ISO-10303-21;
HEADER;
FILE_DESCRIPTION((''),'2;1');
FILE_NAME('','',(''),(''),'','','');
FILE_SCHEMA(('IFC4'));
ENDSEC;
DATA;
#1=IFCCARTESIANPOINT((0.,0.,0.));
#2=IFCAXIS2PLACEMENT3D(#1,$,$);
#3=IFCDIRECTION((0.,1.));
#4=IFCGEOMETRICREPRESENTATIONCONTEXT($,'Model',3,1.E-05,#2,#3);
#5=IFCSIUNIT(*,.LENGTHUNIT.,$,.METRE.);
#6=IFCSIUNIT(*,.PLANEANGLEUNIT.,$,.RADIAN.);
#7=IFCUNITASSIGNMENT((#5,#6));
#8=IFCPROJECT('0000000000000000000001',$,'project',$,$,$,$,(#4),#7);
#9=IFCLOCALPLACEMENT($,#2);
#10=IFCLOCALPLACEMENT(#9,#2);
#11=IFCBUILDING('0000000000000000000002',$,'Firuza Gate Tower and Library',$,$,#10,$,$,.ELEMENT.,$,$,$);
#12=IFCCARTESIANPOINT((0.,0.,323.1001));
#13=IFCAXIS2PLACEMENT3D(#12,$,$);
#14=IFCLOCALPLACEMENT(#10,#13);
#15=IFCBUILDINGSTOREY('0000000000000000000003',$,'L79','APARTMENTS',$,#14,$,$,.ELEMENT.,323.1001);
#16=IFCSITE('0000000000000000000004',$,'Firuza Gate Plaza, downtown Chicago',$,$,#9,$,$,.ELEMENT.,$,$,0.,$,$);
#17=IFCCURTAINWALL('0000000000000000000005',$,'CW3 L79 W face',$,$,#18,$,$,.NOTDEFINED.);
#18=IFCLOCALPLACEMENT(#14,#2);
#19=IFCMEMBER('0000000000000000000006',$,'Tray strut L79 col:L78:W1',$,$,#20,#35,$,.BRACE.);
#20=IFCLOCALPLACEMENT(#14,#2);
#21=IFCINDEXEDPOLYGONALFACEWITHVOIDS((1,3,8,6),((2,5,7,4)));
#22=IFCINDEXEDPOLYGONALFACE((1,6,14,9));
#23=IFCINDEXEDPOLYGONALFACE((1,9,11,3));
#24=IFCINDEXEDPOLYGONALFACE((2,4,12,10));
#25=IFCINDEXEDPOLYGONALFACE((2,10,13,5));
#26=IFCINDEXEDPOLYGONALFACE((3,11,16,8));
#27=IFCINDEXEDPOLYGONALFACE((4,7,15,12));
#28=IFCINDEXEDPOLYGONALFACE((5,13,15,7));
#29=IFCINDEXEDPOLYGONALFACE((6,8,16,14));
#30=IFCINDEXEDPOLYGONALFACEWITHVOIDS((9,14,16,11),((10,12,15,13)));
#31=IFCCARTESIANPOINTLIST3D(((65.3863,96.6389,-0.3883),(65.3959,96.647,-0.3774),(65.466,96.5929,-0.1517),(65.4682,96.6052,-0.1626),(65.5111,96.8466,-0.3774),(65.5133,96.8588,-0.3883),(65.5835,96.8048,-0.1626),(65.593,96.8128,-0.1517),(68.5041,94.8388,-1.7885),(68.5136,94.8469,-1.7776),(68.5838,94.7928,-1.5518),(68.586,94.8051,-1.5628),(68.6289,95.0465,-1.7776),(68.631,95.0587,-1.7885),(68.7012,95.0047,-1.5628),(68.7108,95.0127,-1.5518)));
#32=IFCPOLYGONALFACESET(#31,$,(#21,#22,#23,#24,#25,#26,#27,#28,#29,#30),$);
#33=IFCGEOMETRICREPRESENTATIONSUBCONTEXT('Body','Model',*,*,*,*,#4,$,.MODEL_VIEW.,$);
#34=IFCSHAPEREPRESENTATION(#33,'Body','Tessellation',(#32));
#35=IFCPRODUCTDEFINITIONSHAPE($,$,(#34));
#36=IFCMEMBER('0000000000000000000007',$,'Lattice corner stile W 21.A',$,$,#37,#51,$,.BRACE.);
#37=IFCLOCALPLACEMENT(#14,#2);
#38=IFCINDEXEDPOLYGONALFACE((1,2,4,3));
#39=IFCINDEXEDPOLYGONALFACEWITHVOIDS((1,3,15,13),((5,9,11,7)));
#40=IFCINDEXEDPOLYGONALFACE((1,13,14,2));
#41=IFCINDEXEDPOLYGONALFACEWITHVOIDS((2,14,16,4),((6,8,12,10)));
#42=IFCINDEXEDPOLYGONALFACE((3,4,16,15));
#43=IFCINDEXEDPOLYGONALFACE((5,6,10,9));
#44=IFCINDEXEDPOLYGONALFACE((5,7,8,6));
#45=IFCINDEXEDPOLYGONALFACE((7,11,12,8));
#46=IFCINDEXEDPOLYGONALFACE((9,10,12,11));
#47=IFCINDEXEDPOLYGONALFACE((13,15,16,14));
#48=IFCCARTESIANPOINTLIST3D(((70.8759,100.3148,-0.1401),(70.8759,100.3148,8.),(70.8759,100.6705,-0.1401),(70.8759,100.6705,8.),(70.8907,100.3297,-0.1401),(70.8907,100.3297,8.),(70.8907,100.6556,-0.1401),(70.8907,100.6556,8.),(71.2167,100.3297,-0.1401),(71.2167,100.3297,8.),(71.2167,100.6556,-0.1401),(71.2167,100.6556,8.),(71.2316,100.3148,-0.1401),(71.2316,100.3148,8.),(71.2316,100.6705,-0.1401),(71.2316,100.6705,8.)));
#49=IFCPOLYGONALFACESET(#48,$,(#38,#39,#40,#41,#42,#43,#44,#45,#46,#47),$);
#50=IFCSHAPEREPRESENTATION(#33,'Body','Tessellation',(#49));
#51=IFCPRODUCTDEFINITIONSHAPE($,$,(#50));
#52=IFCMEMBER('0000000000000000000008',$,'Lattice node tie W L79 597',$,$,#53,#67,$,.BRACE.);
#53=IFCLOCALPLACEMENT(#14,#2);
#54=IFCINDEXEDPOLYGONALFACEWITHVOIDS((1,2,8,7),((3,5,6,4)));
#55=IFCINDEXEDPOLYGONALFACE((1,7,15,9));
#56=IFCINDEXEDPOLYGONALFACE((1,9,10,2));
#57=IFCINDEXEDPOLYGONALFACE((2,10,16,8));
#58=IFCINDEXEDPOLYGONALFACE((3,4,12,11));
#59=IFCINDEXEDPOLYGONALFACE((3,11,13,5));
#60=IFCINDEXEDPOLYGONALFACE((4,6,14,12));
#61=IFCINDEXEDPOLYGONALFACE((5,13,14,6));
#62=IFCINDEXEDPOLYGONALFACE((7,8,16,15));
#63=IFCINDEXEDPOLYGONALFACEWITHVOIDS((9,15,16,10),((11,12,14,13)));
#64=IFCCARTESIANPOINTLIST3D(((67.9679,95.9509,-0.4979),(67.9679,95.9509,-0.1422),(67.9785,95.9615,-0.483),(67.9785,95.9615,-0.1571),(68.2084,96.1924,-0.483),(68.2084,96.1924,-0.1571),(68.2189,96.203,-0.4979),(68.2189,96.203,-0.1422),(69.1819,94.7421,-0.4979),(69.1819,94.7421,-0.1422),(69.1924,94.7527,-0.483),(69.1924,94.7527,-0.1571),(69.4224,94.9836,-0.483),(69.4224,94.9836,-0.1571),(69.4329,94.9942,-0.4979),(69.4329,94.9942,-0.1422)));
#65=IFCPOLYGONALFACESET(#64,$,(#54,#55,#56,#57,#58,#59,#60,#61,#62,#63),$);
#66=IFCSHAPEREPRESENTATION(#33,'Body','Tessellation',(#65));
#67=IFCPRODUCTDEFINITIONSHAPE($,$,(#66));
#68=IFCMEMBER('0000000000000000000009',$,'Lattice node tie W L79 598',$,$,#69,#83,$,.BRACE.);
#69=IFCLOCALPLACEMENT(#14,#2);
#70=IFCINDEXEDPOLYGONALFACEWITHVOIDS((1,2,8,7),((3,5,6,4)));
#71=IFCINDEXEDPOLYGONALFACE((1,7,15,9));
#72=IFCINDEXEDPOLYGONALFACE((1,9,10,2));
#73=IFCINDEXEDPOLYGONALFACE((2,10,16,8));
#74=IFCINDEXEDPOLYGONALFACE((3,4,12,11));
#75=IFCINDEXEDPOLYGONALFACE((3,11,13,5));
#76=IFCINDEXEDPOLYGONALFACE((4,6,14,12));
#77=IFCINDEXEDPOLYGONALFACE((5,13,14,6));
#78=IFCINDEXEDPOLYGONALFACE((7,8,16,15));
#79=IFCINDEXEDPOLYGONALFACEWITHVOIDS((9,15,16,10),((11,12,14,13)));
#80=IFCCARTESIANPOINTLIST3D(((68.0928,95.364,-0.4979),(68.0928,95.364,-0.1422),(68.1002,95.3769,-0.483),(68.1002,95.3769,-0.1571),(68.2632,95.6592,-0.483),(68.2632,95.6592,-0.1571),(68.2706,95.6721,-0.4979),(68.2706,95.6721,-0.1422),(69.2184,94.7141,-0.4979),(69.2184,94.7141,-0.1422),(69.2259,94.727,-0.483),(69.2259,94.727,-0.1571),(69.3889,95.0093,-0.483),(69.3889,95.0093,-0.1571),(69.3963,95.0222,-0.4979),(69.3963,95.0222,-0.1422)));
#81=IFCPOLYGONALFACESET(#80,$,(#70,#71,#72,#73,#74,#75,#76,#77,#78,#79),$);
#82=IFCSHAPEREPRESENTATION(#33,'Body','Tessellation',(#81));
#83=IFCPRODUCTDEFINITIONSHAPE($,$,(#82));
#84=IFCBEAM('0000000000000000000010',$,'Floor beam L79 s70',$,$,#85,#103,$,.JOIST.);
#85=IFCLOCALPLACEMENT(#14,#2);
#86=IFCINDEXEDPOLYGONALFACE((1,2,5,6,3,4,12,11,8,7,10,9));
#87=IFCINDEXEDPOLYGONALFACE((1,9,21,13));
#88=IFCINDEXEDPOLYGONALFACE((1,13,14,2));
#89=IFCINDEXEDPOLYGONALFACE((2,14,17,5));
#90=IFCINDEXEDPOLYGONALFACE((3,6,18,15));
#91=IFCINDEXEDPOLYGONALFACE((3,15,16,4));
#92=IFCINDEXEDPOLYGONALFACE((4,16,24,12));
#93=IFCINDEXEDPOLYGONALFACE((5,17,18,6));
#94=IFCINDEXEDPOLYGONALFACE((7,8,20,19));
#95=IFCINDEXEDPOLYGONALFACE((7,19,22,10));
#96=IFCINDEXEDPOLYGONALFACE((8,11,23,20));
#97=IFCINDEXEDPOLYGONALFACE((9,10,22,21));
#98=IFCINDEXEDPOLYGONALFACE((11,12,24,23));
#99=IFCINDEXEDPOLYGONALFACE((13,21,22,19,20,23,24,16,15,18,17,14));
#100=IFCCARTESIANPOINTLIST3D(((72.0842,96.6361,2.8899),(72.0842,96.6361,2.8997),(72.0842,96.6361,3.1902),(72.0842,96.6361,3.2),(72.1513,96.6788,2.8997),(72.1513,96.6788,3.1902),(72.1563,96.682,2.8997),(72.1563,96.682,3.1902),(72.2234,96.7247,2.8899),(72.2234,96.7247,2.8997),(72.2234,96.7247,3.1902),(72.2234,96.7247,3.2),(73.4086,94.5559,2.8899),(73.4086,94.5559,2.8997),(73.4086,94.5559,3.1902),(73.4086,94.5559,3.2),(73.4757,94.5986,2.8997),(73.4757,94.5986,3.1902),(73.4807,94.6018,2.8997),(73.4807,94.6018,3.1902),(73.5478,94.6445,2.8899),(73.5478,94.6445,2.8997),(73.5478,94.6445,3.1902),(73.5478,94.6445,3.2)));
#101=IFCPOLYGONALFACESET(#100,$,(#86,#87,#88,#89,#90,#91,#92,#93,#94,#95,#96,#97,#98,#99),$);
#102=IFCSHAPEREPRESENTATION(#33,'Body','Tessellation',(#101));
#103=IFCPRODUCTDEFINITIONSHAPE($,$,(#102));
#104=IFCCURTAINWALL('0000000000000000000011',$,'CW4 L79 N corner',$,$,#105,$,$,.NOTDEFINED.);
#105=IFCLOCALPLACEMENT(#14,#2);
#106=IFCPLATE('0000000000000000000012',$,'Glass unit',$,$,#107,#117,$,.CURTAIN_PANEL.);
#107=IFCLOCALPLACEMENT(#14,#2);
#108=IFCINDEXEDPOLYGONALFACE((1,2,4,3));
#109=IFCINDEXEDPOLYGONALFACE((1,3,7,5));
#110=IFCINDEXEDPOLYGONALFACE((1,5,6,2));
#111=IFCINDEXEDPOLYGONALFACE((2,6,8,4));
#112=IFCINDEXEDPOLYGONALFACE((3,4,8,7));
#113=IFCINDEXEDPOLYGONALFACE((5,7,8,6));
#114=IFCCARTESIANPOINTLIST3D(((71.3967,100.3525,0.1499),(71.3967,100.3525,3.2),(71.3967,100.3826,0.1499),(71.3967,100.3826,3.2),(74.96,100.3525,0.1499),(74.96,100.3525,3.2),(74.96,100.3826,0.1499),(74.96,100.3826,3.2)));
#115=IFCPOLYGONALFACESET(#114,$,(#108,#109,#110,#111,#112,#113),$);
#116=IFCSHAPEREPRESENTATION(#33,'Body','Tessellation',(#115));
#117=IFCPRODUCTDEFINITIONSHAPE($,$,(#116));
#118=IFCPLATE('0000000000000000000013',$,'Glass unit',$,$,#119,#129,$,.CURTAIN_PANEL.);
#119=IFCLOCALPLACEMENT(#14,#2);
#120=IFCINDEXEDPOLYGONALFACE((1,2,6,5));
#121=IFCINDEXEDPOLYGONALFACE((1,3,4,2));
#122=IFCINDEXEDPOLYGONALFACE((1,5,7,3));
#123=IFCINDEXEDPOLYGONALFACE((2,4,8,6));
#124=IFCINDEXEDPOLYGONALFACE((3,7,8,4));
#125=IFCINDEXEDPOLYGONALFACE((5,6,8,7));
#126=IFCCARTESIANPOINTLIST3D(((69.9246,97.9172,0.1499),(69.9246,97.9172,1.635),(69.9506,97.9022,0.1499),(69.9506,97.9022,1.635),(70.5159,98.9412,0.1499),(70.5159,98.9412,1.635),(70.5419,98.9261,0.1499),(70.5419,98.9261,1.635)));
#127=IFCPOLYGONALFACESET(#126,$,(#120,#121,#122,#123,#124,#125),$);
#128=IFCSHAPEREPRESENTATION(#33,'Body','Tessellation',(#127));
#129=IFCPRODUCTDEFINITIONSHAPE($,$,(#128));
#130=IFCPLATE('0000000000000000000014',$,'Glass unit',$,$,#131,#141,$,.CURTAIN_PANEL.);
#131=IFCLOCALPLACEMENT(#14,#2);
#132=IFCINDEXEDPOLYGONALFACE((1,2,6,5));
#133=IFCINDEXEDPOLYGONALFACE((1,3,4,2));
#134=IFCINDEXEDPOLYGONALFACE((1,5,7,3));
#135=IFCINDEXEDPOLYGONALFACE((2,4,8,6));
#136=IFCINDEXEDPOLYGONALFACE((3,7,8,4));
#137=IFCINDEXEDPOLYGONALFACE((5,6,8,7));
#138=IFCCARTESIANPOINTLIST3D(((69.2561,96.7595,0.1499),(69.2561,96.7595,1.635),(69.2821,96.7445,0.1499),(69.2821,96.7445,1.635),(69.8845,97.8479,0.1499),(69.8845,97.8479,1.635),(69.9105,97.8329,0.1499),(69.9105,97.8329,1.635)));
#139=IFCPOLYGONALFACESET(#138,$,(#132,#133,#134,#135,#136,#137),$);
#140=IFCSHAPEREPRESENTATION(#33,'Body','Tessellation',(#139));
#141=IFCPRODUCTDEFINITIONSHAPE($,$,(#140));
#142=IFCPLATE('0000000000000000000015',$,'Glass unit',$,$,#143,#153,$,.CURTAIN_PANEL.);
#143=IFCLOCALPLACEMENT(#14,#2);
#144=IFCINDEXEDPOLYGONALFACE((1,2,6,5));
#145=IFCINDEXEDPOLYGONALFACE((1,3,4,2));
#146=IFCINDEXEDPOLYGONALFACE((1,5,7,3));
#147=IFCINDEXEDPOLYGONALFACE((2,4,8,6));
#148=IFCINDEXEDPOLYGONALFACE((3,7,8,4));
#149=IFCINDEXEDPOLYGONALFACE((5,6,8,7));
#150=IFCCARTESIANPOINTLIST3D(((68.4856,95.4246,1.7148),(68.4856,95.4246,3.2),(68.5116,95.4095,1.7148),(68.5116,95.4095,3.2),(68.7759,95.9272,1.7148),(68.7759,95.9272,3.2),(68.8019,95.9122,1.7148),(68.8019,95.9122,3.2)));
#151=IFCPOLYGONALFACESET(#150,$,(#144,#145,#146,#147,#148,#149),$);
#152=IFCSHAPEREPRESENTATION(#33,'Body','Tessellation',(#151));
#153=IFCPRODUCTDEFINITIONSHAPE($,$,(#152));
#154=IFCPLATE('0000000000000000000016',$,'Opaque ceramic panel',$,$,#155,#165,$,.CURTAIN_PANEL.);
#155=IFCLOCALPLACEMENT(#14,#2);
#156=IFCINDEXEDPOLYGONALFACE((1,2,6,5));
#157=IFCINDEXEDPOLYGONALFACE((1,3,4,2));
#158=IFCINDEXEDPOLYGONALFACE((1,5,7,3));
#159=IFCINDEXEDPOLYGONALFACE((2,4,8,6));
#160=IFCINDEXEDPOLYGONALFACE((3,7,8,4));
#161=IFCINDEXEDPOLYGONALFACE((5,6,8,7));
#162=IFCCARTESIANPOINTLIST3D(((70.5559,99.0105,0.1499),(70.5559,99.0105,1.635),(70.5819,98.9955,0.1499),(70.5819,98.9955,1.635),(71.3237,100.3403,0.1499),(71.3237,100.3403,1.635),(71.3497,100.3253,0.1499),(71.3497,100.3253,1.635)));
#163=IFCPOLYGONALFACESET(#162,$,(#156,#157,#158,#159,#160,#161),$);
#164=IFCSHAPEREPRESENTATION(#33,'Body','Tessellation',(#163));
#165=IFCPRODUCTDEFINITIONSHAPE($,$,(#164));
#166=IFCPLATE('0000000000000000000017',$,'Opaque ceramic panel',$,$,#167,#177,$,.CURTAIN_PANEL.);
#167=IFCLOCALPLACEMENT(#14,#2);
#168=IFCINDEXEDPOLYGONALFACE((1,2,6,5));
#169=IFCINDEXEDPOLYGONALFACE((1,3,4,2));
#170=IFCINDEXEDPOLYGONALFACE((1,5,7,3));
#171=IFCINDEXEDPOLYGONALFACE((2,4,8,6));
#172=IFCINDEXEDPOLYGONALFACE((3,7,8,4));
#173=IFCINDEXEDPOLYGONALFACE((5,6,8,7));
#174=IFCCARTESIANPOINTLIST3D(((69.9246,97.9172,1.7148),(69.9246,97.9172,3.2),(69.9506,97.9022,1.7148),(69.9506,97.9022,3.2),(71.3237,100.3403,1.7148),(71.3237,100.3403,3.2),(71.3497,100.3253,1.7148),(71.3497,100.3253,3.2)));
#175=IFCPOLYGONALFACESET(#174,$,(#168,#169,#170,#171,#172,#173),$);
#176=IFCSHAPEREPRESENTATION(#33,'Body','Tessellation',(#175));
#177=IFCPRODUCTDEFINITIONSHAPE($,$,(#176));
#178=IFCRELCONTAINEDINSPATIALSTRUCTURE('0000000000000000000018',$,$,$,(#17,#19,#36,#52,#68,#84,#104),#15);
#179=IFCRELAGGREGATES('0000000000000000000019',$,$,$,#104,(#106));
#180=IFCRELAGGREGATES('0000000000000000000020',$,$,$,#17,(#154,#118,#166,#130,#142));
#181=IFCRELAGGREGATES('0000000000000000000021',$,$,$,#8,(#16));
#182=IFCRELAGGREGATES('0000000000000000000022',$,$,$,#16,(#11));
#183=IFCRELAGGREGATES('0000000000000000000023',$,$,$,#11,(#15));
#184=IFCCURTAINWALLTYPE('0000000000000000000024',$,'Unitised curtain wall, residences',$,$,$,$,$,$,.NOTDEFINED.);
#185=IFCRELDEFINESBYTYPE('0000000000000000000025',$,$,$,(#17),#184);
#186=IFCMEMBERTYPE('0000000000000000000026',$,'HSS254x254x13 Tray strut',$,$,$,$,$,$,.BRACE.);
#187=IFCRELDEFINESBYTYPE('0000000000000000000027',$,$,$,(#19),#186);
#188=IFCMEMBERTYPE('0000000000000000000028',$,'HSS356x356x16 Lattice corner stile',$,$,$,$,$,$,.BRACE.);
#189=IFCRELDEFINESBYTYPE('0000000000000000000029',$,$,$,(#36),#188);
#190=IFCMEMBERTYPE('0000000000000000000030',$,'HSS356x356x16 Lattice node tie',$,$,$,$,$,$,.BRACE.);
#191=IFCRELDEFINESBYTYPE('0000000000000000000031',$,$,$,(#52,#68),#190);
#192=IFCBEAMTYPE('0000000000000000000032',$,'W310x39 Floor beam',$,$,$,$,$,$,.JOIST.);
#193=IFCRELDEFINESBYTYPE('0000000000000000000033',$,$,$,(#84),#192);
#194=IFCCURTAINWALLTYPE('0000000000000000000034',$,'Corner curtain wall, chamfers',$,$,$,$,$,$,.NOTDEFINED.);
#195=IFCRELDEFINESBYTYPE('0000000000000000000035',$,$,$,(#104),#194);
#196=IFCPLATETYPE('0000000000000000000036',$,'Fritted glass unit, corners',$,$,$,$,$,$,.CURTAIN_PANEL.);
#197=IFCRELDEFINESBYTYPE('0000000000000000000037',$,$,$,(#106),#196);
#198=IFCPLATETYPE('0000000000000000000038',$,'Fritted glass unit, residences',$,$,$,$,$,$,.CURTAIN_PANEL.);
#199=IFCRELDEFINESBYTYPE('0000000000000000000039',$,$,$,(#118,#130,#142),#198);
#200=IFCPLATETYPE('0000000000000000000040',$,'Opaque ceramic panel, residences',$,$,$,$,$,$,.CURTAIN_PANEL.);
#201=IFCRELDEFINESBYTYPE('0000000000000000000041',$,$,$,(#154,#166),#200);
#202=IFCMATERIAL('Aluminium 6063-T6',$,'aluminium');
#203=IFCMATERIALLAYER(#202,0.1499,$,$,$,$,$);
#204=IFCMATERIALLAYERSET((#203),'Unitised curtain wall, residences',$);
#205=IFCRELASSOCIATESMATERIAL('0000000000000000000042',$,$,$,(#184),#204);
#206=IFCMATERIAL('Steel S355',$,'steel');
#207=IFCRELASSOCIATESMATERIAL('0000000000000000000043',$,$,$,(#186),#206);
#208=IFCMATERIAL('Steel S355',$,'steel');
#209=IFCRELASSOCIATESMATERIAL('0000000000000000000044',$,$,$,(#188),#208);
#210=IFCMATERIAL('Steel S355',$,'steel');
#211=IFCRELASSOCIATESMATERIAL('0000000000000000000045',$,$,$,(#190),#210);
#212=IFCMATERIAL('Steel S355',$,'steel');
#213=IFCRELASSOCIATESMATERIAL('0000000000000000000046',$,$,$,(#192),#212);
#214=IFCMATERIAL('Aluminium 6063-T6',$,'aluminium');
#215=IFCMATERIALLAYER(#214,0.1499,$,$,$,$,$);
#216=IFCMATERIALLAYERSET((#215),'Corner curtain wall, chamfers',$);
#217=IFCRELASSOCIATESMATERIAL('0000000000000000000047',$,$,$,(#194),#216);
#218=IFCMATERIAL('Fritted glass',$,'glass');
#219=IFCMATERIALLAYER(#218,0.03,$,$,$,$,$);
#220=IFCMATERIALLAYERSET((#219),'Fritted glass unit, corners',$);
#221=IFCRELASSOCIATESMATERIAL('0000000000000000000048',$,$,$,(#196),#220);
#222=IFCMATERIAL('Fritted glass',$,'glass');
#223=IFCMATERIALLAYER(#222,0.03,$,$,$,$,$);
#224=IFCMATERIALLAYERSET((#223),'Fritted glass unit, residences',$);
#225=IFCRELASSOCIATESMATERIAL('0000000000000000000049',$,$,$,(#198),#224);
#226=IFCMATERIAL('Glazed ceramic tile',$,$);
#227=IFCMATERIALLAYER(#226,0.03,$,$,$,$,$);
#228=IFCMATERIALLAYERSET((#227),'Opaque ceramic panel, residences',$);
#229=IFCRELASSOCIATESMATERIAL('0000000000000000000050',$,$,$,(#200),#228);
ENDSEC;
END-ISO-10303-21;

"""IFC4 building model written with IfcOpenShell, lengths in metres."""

from ifc_helpers import new_model, si_unit, direction, frame, origin, origin_2d, place, context, subcontext, project, spatial, polyline, hollow_rectangle, i_section, outline, extrude, material, layer, layer_set, material_profile, profile_set, type_object, element, aggregate, save


model = new_model("IFC4")

# Units and contexts
model_context = context("Model", 3, precision=1e-05, world=origin(), true_north=direction((0.0, 1.0)))
body_context = subcontext(model_context, "Body", "Model", "MODEL_VIEW")
ifc_project = project(units=[si_unit("LENGTHUNIT", "METRE"), si_unit("PLANEANGLEUNIT", "RADIAN")], contexts=[model_context])

# Site, building, storey
site_placement = place(None, origin())
site = spatial("IfcSite", under=ifc_project, at=site_placement, Name="Firuza Gate Plaza, downtown Chicago", CompositionType="ELEMENT", RefElevation=0.0)
building_placement = place(site_placement, origin())
building = spatial("IfcBuilding", under=site, at=building_placement, Name="Firuza Gate Tower and Library", CompositionType="ELEMENT")
storey_placement = place(building_placement, frame((0.0, 0.0, 323.1001)))
storey = spatial("IfcBuildingStorey", under=building, at=storey_placement, Name="L79", Description="APARTMENTS", CompositionType="ELEMENT", Elevation=323.1001)

# Curtain wall
ifc_material_1 = material(Name="Aluminium 6063-T6", Category="aluminium")
ifc_layer_1 = layer(ifc_material_1, 0.1499)
ifc_layer_set_1 = layer_set([ifc_layer_1], Name="Unitised curtain wall, residences")
curtain_wall_type_1 = type_object("IfcCurtainWallType", Name="Unitised curtain wall, residences", PredefinedType="NOTDEFINED", material=ifc_layer_set_1)
placement = place(storey_placement, origin())
curtain_wall_1 = element("IfcCurtainWall", 1, at=placement, inside=storey, type_object=curtain_wall_type_1, Name="CW3 L79 W face", PredefinedType="NOTDEFINED")

# Members
ifc_material_2 = material(Name="Steel S355", Category="steel")
ifc_material_profile_1 = material_profile(ifc_material_2, hollow_rectangle(XDim=0.2539, YDim=0.2539, WallThickness=0.0117, at=origin_2d()))
ifc_profile_set_1 = profile_set([ifc_material_profile_1], Name="Steel S355")
member_type_1 = type_object("IfcMemberType", Name="HSS254x254x13 Tray strut", PredefinedType="BRACE", material=ifc_profile_set_1)
member_1_placement = place(storey_placement, frame((68.6074, 94.9258, -1.6702), z_axis=(-0.807122, 0.466007, 0.362478), x_axis=(-0.500012, -0.866018, 0.0)))
element("IfcMember", 2, at=member_1_placement, inside=storey, type_object=member_type_1, Name="Tray strut L79 col:L78:W1", PredefinedType="BRACE", context=body_context, shape_type="SweptSolid", body=[
    extrude(hollow_rectangle(XDim=0.2539, YDim=0.2539, WallThickness=0.0117, at=origin_2d()), origin(), (0.0, 0.0, 1.0), 3.8628),
])
ifc_material_3 = material(Name="Steel S355", Category="steel")
ifc_material_profile_2 = material_profile(ifc_material_3, hollow_rectangle(XDim=0.3557, YDim=0.3557, WallThickness=0.0149, at=origin_2d()))
ifc_profile_set_2 = profile_set([ifc_material_profile_2], Name="Steel S355")
member_type_2 = type_object("IfcMemberType", Name="HSS356x356x16 Lattice corner stile", PredefinedType="BRACE", material=ifc_profile_set_2)
member_2_placement = place(storey_placement, frame((71.0537, 100.4927, -0.1401), z_axis=(0.0, 0.0, 1.0), x_axis=(1.0, 0.0, 0.0)))
element("IfcMember", 3, at=member_2_placement, inside=storey, type_object=member_type_2, Name="Lattice corner stile W 21.A", PredefinedType="BRACE", context=body_context, shape_type="SweptSolid", body=[
    extrude(hollow_rectangle(XDim=0.3557, YDim=0.3557, WallThickness=0.0149, at=origin_2d()), origin(), (0.0, 0.0, 1.0), 8.1401),
])
ifc_material_4 = material(Name="Steel S355", Category="steel")
ifc_material_profile_3 = material_profile(ifc_material_4, hollow_rectangle(XDim=0.3557, YDim=0.3557, WallThickness=0.0149, at=origin_2d()))
ifc_profile_set_3 = profile_set([ifc_material_profile_3], Name="Steel S355")
member_type_3 = type_object("IfcMemberType", Name="HSS356x356x16 Lattice node tie", PredefinedType="BRACE", material=ifc_profile_set_3)
member_3_placement = place(storey_placement, frame((69.3074, 94.8682, -0.3201), z_axis=(-0.708602, 0.705609, 0.0), x_axis=(-0.705609, -0.708602, 0.0)))
element("IfcMember", 4, at=member_3_placement, inside=storey, type_object=member_type_3, Name="Lattice node tie W L79 597", PredefinedType="BRACE", context=body_context, shape_type="SweptSolid", body=[
    extrude(hollow_rectangle(XDim=0.3557, YDim=0.3557, WallThickness=0.0149, at=origin_2d()), origin(), (0.0, 0.0, 1.0), 1.7131),
])
member_4_placement = place(storey_placement, frame((69.3074, 94.8682, -0.3201), z_axis=(-0.866039, 0.499977, 0.0), x_axis=(-0.499977, -0.866039, 0.0)))
element("IfcMember", 5, at=member_4_placement, inside=storey, type_object=member_type_3, Name="Lattice node tie W L79 598", PredefinedType="BRACE", context=body_context, shape_type="SweptSolid", body=[
    extrude(hollow_rectangle(XDim=0.3557, YDim=0.3557, WallThickness=0.0149, at=origin_2d()), origin(), (0.0, 0.0, 1.0), 1.2998),
])

# Beam
ifc_material_5 = material(Name="Steel S355", Category="steel")
ifc_material_profile_4 = material_profile(ifc_material_5, i_section(OverallWidth=0.165, OverallDepth=0.3101, WebThickness=0.0059, FlangeThickness=0.0098, at=origin_2d()))
ifc_profile_set_4 = profile_set([ifc_material_profile_4], Name="Steel S355")
beam_type = type_object("IfcBeamType", Name="W310x39 Floor beam", PredefinedType="JOIST", material=ifc_profile_set_4)
beam_placement = place(storey_placement, frame((72.1538, 96.6804, 3.0449), z_axis=(0.537055, -0.843547, 0.0), x_axis=(0.843547, 0.537055, 0.0)))
element("IfcBeam", 6, at=beam_placement, inside=storey, type_object=beam_type, Name="Floor beam L79 s70", PredefinedType="JOIST", context=body_context, shape_type="SweptSolid", body=[
    extrude(i_section(OverallWidth=0.165, OverallDepth=0.3101, WebThickness=0.0059, FlangeThickness=0.0098, at=origin_2d()), origin(), (0.0, 0.0, 1.0), 2.4661),
])

# Curtain wall, plate
ifc_material_6 = material(Name="Aluminium 6063-T6", Category="aluminium")
ifc_layer_2 = layer(ifc_material_6, 0.1499)
ifc_layer_set_2 = layer_set([ifc_layer_2], Name="Corner curtain wall, chamfers")
curtain_wall_type_2 = type_object("IfcCurtainWallType", Name="Corner curtain wall, chamfers", PredefinedType="NOTDEFINED", material=ifc_layer_set_2)
curtain_wall_2 = element("IfcCurtainWall", 7, at=placement, inside=storey, type_object=curtain_wall_type_2, Name="CW4 L79 N corner", PredefinedType="NOTDEFINED")
ifc_material_7 = material(Name="Fritted glass", Category="glass")
ifc_layer_3 = layer(ifc_material_7, 0.03)
ifc_layer_set_3 = layer_set([ifc_layer_3], Name="Fritted glass unit, corners")
plate_type_1 = type_object("IfcPlateType", Name="Fritted glass unit, corners", PredefinedType="CURTAIN_PANEL", material=ifc_layer_set_3)
plate_1_placement = place(storey_placement, frame((74.96, 100.3826, 0.1499), z_axis=(0.0, 1.0, 0.0), x_axis=(-1.0, 0.0, 0.0)))
plate_1 = element("IfcPlate", 8, at=plate_1_placement, type_object=plate_type_1, Name="Glass unit", PredefinedType="CURTAIN_PANEL", context=body_context, shape_type="SweptSolid", body=[
    extrude(outline(polyline([(0.0, 0.0), (3.5632, 0.0), (3.5632, 3.05), (0.0, 3.05), (0.0, 0.0)])), origin(), (0.0, 0.0, -1.0), 0.03),
])
aggregate(curtain_wall_2, [plate_1])

# Plates
ifc_material_8 = material(Name="Fritted glass", Category="glass")
ifc_layer_4 = layer(ifc_material_8, 0.03)
ifc_layer_set_4 = layer_set([ifc_layer_4], Name="Fritted glass unit, residences")
plate_type_2 = type_object("IfcPlateType", Name="Fritted glass unit, residences", PredefinedType="CURTAIN_PANEL", material=ifc_layer_set_4)
plate_2_placement = place(storey_placement, frame((70.5159, 98.9412, 0.1499), z_axis=(-0.865972, 0.500092, 0.0), x_axis=(-0.500092, -0.865972, 0.0)))
plate_2 = element("IfcPlate", 9, at=plate_2_placement, type_object=plate_type_2, Name="Glass unit", PredefinedType="CURTAIN_PANEL", context=body_context, shape_type="SweptSolid", body=[
    extrude(outline(polyline([(0.0, 0.0), (1.1824, 0.0), (1.1824, 1.4851), (0.0, 1.4851), (0.0, 0.0)])), origin(), (0.0, 0.0, -1.0), 0.03),
])
plate_3_placement = place(storey_placement, frame((69.8845, 97.8479, 0.1499), z_axis=(-0.866011, 0.500025, 0.0), x_axis=(-0.500025, -0.866011, 0.0)))
plate_3 = element("IfcPlate", 10, at=plate_3_placement, type_object=plate_type_2, Name="Glass unit", PredefinedType="CURTAIN_PANEL", context=body_context, shape_type="SweptSolid", body=[
    extrude(outline(polyline([(0.0, 0.0), (1.2568, 0.0), (1.2568, 1.4851), (0.0, 1.4851), (0.0, 0.0)])), origin(), (0.0, 0.0, -1.0), 0.03),
])
plate_4_placement = place(storey_placement, frame((68.7759, 95.9272, 1.7148), z_axis=(-0.865982, 0.500074, 0.0), x_axis=(-0.500074, -0.865982, 0.0)))
plate_4 = element("IfcPlate", 11, at=plate_4_placement, type_object=plate_type_2, Name="Glass unit", PredefinedType="CURTAIN_PANEL", context=body_context, shape_type="SweptSolid", body=[
    extrude(outline(polyline([(0.0, 0.0), (0.5805, 0.0), (0.5805, 1.4851), (0.0, 1.4851), (0.0, 0.0)])), origin(), (0.0, 0.0, -1.0), 0.03),
])
ifc_material_9 = material(Name="Glazed ceramic tile")
ifc_layer_5 = layer(ifc_material_9, 0.03)
ifc_layer_set_5 = layer_set([ifc_layer_5], Name="Opaque ceramic panel, residences")
plate_type_3 = type_object("IfcPlateType", Name="Opaque ceramic panel, residences", PredefinedType="CURTAIN_PANEL", material=ifc_layer_set_5)
plate_5_placement = place(storey_placement, frame((71.3237, 100.3403, 0.1499), z_axis=(-0.866013, 0.500021, 0.0), x_axis=(-0.500021, -0.866013, 0.0)))
plate_5 = element("IfcPlate", 12, at=plate_5_placement, type_object=plate_type_3, Name="Opaque ceramic panel", PredefinedType="CURTAIN_PANEL", context=body_context, shape_type="SweptSolid", body=[
    extrude(outline(polyline([(0.0, 0.0), (1.5356, 0.0), (1.5356, 1.4851), (0.0, 1.4851), (0.0, 0.0)])), origin(), (0.0, 0.0, -1.0), 0.03),
])
plate_6_placement = place(storey_placement, frame((71.3237, 100.3403, 1.7148), z_axis=(-0.865995, 0.500052, 0.0), x_axis=(-0.500052, -0.865995, 0.0)))
plate_6 = element("IfcPlate", 13, at=plate_6_placement, type_object=plate_type_3, Name="Opaque ceramic panel", PredefinedType="CURTAIN_PANEL", context=body_context, shape_type="SweptSolid", body=[
    extrude(outline(polyline([(0.0, 0.0), (2.798, 0.0), (2.798, 1.4851), (0.0, 1.4851), (0.0, 0.0)])), origin(), (0.0, 0.0, -1.0), 0.03),
])
aggregate(curtain_wall_1, [plate_5, plate_2, plate_6, plate_3, plate_4])

save(model, "model.ifc")
